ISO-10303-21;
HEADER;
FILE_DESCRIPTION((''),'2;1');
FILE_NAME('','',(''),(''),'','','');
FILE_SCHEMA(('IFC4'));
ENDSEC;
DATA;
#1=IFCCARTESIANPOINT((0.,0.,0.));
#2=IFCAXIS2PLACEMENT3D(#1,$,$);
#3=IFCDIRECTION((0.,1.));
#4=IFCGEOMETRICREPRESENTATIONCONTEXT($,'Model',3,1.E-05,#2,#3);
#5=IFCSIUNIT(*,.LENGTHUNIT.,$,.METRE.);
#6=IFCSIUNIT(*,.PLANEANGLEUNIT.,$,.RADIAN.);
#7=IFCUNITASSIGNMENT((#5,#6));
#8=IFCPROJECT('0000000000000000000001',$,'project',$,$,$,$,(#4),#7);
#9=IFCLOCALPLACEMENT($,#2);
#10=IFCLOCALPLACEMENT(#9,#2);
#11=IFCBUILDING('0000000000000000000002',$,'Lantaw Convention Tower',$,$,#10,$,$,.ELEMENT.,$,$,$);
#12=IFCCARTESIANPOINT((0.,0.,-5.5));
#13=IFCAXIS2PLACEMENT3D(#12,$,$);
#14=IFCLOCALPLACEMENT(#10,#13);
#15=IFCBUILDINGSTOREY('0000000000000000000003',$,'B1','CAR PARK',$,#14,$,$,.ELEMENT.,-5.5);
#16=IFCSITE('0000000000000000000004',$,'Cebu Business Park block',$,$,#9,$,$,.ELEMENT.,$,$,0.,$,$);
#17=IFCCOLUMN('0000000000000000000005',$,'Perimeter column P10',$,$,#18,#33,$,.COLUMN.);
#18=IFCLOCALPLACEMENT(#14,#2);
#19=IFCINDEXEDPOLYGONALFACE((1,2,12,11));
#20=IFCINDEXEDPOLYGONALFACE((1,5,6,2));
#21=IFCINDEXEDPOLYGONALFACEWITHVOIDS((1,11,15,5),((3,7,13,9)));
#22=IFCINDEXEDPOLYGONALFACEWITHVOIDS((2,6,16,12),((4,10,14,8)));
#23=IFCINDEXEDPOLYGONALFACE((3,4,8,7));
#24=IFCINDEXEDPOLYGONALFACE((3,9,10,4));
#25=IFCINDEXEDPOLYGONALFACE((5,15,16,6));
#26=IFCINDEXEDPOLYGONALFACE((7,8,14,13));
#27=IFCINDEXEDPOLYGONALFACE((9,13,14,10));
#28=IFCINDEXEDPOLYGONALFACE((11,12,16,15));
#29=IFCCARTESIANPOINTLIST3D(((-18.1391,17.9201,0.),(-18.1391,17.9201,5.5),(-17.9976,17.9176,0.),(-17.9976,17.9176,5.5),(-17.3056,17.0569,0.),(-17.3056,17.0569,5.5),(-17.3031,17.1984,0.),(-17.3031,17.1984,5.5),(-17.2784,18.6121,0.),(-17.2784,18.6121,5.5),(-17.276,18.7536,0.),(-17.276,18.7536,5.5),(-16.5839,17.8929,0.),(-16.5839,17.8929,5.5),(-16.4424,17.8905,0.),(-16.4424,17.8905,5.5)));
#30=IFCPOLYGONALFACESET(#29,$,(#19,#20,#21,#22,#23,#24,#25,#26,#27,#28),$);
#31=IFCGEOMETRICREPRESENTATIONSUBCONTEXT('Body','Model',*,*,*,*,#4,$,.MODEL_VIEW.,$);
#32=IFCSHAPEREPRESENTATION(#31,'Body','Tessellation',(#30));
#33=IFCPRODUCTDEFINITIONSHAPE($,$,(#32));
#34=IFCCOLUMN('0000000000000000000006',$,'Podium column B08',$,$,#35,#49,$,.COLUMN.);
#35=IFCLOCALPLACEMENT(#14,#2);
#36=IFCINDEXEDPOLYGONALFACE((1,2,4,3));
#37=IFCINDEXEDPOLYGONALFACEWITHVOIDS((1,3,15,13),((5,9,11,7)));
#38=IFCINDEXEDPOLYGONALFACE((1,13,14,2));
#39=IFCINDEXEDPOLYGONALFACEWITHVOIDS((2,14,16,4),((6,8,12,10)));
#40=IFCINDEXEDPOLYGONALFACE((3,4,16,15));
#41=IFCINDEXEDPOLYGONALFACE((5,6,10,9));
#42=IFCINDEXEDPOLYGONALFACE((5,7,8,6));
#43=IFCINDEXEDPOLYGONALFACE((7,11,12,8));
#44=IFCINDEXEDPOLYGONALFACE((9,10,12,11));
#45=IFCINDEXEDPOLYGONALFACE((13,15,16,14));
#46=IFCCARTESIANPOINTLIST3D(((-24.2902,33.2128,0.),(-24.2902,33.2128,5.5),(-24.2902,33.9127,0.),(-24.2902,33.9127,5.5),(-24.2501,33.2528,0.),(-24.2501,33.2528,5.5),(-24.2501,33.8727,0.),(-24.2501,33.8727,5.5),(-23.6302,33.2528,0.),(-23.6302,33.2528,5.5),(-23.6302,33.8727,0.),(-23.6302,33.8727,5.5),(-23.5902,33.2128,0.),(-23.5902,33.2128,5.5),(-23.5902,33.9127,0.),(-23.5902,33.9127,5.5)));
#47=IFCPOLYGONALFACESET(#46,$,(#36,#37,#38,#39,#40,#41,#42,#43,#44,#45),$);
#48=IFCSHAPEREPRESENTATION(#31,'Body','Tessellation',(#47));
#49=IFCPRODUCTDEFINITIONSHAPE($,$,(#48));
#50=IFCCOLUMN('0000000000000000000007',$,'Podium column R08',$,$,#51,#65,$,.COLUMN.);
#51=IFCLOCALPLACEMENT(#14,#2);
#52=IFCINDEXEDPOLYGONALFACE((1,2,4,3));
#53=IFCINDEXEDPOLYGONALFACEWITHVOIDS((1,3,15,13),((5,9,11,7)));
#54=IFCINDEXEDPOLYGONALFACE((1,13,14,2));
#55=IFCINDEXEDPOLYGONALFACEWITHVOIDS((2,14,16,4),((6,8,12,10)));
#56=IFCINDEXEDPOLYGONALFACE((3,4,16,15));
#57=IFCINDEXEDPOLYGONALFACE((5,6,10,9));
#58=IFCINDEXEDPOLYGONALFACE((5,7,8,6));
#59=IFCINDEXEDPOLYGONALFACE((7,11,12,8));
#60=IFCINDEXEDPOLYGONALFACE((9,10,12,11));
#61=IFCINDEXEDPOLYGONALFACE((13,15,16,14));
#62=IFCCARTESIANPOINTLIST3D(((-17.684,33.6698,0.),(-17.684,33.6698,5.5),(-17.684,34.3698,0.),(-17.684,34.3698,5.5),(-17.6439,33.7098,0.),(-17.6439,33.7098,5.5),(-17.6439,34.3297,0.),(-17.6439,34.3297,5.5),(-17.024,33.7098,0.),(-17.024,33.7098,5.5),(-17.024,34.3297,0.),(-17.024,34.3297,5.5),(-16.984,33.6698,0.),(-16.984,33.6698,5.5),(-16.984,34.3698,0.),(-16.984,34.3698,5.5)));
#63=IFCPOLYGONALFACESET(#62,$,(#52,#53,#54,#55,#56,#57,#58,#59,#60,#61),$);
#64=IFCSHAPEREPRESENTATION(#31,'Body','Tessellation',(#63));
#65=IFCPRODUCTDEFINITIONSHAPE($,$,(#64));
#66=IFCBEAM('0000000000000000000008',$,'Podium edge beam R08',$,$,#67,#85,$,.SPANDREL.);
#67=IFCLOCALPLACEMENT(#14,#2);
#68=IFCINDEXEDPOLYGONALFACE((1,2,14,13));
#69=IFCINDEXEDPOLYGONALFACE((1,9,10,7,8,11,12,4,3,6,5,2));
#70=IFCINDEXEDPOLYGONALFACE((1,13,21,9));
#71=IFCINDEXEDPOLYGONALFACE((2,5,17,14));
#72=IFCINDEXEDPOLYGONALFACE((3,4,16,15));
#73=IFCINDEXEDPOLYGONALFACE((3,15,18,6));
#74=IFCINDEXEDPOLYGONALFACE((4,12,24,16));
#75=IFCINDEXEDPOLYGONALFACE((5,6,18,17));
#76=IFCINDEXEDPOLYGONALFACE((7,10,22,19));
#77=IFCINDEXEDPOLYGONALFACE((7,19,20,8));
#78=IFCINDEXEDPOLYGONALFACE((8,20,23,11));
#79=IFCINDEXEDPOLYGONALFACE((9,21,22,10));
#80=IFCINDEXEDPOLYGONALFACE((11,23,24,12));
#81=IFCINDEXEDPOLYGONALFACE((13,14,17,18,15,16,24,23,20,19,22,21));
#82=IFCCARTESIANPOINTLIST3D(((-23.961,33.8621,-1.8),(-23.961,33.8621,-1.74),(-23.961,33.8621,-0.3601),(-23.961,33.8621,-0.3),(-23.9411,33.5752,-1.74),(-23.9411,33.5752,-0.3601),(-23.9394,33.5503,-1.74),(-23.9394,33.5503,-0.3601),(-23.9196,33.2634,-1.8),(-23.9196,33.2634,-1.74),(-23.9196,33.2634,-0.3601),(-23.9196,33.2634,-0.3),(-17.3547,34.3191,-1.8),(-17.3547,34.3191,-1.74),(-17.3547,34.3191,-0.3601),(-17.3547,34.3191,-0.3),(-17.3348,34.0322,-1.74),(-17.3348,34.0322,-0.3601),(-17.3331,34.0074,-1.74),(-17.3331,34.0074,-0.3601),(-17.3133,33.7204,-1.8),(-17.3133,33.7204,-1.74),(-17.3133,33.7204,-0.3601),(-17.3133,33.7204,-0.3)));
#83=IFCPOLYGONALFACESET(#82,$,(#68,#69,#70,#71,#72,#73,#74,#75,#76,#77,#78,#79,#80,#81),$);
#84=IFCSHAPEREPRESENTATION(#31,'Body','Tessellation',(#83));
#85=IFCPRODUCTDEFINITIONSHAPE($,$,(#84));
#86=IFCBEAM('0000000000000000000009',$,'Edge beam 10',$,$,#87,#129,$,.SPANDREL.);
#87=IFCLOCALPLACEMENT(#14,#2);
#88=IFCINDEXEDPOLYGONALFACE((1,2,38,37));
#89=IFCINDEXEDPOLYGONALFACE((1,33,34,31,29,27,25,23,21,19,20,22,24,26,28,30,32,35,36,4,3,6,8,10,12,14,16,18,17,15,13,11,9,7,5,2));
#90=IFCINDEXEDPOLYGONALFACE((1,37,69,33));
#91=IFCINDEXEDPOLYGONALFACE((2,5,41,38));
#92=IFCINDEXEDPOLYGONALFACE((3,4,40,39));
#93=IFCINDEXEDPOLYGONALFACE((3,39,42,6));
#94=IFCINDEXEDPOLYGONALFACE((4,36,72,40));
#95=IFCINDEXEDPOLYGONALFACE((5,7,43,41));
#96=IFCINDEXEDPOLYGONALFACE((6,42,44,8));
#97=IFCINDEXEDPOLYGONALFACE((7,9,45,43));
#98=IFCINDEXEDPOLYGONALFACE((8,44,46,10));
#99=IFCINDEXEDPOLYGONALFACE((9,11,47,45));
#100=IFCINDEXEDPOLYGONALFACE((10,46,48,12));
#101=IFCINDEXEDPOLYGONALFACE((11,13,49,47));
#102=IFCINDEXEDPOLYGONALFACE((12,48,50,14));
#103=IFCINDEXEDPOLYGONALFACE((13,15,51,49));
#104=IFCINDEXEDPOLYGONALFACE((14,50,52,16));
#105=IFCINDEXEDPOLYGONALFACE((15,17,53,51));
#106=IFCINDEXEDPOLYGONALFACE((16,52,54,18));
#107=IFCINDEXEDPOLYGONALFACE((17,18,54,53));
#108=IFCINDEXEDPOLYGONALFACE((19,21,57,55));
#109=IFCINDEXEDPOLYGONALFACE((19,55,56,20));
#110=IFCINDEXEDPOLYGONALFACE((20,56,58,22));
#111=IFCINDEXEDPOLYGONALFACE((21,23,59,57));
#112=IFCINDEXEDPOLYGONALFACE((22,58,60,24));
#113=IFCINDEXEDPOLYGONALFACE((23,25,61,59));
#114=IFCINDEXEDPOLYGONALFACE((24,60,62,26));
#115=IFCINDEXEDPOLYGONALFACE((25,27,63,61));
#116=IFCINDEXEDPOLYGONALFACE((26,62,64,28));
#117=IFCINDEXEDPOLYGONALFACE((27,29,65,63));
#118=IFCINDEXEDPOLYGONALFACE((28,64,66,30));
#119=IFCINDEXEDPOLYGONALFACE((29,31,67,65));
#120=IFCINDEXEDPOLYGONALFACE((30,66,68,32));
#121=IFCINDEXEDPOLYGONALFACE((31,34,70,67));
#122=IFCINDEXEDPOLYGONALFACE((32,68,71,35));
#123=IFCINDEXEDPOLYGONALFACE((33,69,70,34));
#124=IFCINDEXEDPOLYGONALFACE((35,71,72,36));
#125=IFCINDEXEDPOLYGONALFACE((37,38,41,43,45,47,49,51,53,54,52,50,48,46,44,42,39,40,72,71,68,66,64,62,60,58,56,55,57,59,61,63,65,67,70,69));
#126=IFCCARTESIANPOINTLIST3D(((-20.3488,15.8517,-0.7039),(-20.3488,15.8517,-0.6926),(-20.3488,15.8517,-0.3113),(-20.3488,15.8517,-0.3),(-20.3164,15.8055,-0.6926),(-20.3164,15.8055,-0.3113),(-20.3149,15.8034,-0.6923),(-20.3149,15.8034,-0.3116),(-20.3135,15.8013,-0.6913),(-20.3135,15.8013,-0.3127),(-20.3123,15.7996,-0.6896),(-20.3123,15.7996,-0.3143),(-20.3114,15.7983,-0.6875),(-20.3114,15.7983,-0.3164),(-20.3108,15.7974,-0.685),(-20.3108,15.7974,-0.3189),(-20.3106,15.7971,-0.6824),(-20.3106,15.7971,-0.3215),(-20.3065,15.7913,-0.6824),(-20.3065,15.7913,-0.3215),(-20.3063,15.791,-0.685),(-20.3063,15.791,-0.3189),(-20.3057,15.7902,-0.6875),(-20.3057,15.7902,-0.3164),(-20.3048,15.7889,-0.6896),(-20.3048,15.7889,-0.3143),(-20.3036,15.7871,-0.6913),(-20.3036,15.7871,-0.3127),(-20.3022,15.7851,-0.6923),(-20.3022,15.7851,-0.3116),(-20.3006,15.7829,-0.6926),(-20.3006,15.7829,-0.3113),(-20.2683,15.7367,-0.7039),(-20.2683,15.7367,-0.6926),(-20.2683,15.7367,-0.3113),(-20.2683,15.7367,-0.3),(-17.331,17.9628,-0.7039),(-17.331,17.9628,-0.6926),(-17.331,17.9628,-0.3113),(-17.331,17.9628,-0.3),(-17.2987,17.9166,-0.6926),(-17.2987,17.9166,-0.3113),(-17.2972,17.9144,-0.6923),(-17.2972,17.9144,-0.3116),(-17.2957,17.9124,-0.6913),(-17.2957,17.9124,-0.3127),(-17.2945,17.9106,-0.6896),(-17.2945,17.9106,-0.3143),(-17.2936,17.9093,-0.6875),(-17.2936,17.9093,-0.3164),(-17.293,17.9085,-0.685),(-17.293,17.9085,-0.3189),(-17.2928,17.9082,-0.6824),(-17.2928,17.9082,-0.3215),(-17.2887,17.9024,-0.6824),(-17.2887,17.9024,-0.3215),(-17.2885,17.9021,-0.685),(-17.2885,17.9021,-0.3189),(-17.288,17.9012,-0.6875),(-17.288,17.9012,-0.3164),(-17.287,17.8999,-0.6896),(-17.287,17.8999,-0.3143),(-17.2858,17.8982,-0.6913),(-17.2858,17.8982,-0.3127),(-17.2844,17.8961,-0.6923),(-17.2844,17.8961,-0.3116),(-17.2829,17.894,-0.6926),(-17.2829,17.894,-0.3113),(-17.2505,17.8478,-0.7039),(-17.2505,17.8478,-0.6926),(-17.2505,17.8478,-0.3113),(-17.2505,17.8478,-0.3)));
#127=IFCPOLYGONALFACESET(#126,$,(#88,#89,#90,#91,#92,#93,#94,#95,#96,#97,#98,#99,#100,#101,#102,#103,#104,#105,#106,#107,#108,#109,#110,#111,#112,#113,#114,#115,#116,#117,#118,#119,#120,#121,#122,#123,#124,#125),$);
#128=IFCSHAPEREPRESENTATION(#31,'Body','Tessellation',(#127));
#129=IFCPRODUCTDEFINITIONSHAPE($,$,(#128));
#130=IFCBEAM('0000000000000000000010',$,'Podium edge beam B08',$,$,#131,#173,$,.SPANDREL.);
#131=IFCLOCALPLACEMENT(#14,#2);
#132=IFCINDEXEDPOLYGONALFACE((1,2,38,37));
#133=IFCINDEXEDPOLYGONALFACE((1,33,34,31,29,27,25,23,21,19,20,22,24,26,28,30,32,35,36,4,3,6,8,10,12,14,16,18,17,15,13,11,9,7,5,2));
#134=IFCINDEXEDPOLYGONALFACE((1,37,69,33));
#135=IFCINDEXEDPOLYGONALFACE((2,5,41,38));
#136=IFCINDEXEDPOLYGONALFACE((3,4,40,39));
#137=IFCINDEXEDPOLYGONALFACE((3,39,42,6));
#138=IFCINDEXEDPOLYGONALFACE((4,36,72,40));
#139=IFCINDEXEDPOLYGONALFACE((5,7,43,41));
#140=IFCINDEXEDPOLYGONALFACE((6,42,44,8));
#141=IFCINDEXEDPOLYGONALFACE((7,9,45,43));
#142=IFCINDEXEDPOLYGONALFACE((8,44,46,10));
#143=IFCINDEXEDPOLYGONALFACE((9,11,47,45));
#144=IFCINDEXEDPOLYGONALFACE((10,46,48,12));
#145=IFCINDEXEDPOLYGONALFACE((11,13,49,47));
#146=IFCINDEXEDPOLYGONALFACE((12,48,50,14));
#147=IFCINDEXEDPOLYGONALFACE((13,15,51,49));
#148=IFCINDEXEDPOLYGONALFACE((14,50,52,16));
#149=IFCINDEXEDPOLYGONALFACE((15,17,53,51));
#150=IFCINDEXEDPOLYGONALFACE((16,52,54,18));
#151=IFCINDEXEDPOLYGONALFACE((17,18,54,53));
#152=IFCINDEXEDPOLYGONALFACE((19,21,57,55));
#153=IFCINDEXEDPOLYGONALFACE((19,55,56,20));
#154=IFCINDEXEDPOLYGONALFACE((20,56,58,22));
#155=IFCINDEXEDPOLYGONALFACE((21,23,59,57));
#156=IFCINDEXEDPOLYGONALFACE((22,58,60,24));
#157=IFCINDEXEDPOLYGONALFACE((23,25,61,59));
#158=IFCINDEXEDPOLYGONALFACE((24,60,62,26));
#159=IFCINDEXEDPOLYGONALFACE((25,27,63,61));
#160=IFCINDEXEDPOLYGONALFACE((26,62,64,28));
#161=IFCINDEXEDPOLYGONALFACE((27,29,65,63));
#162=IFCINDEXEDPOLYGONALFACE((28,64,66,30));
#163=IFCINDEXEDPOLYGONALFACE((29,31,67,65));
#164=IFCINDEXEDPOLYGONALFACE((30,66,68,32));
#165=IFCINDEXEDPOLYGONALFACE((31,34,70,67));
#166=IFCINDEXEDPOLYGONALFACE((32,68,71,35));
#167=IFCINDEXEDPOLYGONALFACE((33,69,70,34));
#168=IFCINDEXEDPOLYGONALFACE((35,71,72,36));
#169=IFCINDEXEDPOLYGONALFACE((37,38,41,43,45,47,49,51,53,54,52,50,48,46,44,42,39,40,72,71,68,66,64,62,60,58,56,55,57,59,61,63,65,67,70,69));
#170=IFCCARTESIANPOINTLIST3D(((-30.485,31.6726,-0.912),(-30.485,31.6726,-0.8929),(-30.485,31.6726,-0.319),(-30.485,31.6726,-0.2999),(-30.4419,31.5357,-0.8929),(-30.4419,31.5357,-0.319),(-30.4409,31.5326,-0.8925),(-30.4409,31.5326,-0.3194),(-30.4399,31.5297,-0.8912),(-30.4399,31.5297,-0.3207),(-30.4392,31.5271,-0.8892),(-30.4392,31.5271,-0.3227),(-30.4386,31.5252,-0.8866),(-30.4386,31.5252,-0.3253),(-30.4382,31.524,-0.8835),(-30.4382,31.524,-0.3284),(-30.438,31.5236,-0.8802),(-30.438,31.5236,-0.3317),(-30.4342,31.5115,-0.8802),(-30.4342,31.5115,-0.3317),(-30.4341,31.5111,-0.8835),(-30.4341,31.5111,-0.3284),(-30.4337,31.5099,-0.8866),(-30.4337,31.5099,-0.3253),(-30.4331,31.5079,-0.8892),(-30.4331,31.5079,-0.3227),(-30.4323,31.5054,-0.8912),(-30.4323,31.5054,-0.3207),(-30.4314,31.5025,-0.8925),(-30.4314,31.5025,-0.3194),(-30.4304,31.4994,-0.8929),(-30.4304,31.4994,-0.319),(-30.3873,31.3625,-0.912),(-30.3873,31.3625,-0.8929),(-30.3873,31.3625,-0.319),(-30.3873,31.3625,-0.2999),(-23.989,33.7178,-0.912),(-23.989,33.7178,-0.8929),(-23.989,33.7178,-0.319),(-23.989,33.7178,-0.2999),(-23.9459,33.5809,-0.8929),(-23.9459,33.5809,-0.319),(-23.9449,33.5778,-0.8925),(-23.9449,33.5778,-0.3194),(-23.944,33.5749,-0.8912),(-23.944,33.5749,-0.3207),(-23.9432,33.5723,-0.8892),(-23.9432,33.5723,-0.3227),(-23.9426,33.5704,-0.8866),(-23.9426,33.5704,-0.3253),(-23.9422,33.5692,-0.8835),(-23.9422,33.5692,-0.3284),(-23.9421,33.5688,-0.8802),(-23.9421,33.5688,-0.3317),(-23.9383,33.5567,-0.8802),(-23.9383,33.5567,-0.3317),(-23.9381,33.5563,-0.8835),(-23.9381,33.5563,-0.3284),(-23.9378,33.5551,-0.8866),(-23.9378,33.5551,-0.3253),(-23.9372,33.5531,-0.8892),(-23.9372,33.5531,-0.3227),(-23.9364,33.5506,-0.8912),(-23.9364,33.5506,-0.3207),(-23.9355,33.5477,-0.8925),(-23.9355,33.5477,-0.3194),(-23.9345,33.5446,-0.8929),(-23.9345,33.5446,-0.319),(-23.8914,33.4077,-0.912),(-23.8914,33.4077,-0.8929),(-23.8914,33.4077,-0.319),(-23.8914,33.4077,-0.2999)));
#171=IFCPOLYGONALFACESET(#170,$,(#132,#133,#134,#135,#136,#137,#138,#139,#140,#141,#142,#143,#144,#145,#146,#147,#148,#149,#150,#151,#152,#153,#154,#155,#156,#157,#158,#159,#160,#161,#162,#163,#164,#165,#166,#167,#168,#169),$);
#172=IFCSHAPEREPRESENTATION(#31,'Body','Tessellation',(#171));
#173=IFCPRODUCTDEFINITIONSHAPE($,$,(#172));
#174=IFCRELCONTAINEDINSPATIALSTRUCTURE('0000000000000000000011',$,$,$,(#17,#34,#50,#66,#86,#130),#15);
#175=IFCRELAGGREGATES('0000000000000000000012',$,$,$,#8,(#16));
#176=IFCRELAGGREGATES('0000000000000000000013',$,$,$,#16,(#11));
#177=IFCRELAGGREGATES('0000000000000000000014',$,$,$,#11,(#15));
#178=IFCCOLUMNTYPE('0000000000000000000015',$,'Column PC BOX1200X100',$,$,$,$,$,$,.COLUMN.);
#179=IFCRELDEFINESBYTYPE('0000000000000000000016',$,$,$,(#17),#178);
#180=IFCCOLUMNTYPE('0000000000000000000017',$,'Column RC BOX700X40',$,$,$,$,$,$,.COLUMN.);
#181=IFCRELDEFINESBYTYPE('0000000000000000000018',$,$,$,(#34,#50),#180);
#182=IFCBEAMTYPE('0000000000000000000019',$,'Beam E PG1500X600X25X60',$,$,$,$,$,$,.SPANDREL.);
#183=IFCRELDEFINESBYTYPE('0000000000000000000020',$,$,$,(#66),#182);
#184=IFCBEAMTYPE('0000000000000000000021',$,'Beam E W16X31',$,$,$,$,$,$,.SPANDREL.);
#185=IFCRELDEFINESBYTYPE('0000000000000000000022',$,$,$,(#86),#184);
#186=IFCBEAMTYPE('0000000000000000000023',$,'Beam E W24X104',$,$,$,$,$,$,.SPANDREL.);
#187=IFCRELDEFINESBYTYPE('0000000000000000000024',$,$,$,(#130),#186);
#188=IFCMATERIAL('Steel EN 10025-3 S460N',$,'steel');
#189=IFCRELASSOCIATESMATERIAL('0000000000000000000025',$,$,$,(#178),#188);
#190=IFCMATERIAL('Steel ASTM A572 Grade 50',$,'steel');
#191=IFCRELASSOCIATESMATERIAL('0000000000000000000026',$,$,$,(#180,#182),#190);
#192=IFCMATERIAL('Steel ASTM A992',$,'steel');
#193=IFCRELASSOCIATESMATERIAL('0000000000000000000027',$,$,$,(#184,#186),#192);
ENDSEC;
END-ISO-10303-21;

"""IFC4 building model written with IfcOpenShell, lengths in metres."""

from ifc_helpers import new_model, si_unit, direction, frame, origin, origin_2d, place, context, subcontext, project, spatial, rectangle, hollow_rectangle, i_section, extrude, material, material_profile, profile_set, type_object, element, save


model = new_model("IFC4")

# Units and contexts
model_context = context("Model", 3, precision=1e-05, world=origin(), true_north=direction((0.0, 1.0)))
body_context = subcontext(model_context, "Body", "Model", "MODEL_VIEW")
ifc_project = project(units=[si_unit("LENGTHUNIT", "METRE"), si_unit("PLANEANGLEUNIT", "RADIAN")], contexts=[model_context])

# Site, building, storey
site_placement = place(None, origin())
site = spatial("IfcSite", under=ifc_project, at=site_placement, Name="Cebu Business Park block", CompositionType="ELEMENT", RefElevation=0.0)
building_placement = place(site_placement, origin())
building = spatial("IfcBuilding", under=site, at=building_placement, Name="Lantaw Convention Tower", CompositionType="ELEMENT")
storey_placement = place(building_placement, frame((0.0, 0.0, -5.5)))
storey = spatial("IfcBuildingStorey", under=building, at=storey_placement, Name="B1", Description="CAR PARK", CompositionType="ELEMENT", Elevation=-5.5)

# Columns
ifc_material_1 = material(Name="Steel EN 10025-3 S460N", Category="steel")
ifc_material_profile_1 = material_profile(ifc_material_1, hollow_rectangle(XDim=1.2, YDim=1.2, WallThickness=0.1001, at=origin_2d()), Name="BOX1200X100")
ifc_material_2 = material(Name="Concrete C60/75", Category="concrete")
ifc_material_profile_2 = material_profile(ifc_material_2, rectangle(XDim=1.0, YDim=1.0, at=origin_2d()), Name="Concrete fill of BOX1200X100")
ifc_profile_set_1 = profile_set([ifc_material_profile_1, ifc_material_profile_2], Name="Steel EN 10025-3 S460N")
column_type_1 = type_object("IfcColumnType", Name="Column PC BOX1200X100", PredefinedType="COLUMN", material=ifc_profile_set_1)
column_placement = place(storey_placement, frame((-17.2908, 17.9053, 0.0), z_axis=(0.0, 0.0, 1.0), x_axis=(0.71934, 0.694658, 0.0)))
element("IfcColumn", 1, at=column_placement, inside=storey, type_object=column_type_1, Name="Perimeter column P10", PredefinedType="COLUMN", context=body_context, shape_type="SweptSolid", body=[
    extrude(hollow_rectangle(XDim=1.2, YDim=1.2, WallThickness=0.1001, at=origin_2d()), origin(), (0.0, 0.0, 1.0), 5.5),
])
ifc_material_3 = material(Name="Steel ASTM A572 Grade 50", Category="steel")
ifc_material_profile_3 = material_profile(ifc_material_3, hollow_rectangle(XDim=0.7, YDim=0.7, WallThickness=0.04, at=origin_2d()), Name="BOX700X40")
ifc_profile_set_2 = profile_set([ifc_material_profile_3], Name="Steel ASTM A572 Grade 50")
column_type_2 = type_object("IfcColumnType", Name="Column RC BOX700X40", PredefinedType="COLUMN", material=ifc_profile_set_2)
for number, where, z_axis, x_axis, name in (
    (2, (-23.9402, 33.5627, 0.0), (0.0, 0.0, 1.0), (1.0, 0.0, 0.0), "Podium column B08"),
    (3, (-17.334, 34.0198, 0.0), (0.0, 0.0, 1.0), (1.0, 0.0, 0.0), "Podium column R08"),
):
    element("IfcColumn", number, at=place(storey_placement, frame(where, z_axis=z_axis, x_axis=x_axis)), inside=storey, type_object=column_type_2, Name=name, PredefinedType="COLUMN", context=body_context, shape_type="SweptSolid", body=[
        extrude(hollow_rectangle(XDim=0.7, YDim=0.7, WallThickness=0.04, at=origin_2d()), origin(), (0.0, 0.0, 1.0), 5.5),
    ])

# Beams
ifc_material_profile_4 = material_profile(ifc_material_3, i_section(OverallWidth=0.6001, OverallDepth=1.5, WebThickness=0.0249, FlangeThickness=0.0601, at=origin_2d()), Name="PG1500X600X25X60")
ifc_profile_set_3 = profile_set([ifc_material_profile_4], Name="Steel ASTM A572 Grade 50")
beam_type_1 = type_object("IfcBeamType", Name="Beam E PG1500X600X25X60", PredefinedType="SPANDREL", material=ifc_profile_set_3)
beam_1_placement = place(storey_placement, frame((-17.334, 34.0198, -1.05), z_axis=(-0.997615, -0.069017, 0.0), x_axis=(0.069017, -0.997615, 0.0)))
element("IfcBeam", 4, at=beam_1_placement, inside=storey, type_object=beam_type_1, Name="Podium edge beam R08", PredefinedType="SPANDREL", context=body_context, shape_type="SweptSolid", body=[
    extrude(i_section(OverallWidth=0.6001, OverallDepth=1.5, WebThickness=0.0249, FlangeThickness=0.0601, at=origin_2d()), origin(), (0.0, 0.0, 1.0), 6.6221),
])
ifc_material_4 = material(Name="Steel ASTM A992", Category="steel")
ifc_material_profile_5 = material_profile(ifc_material_4, i_section(OverallWidth=0.1404, OverallDepth=0.4038, WebThickness=0.0071, FlangeThickness=0.0112, FilletRadius=0.0103, at=origin_2d()), Name="W16X31")
ifc_profile_set_4 = profile_set([ifc_material_profile_5], Name="Steel ASTM A992")
beam_type_2 = type_object("IfcBeamType", Name="Beam E W16X31", PredefinedType="SPANDREL", material=ifc_profile_set_4)
beam_2_placement = place(storey_placement, frame((-17.2908, 17.9053, -0.502), z_axis=(-0.819409, -0.573209, 0.0), x_axis=(0.573209, -0.819409, 0.0)))
element("IfcBeam", 5, at=beam_2_placement, inside=storey, type_object=beam_type_2, Name="Edge beam 10", PredefinedType="SPANDREL", context=body_context, shape_type="SweptSolid", body=[
    extrude(i_section(OverallWidth=0.1404, OverallDepth=0.4038, WebThickness=0.0071, FlangeThickness=0.0112, FilletRadius=0.0103, at=origin_2d()), origin(), (0.0, 0.0, 1.0), 3.6829),
])
ifc_material_profile_6 = material_profile(ifc_material_4, i_section(OverallWidth=0.3252, OverallDepth=0.6121, WebThickness=0.0127, FlangeThickness=0.019, FilletRadius=0.0127, at=origin_2d()), Name="W24X104")
ifc_profile_set_5 = profile_set([ifc_material_profile_6], Name="Steel ASTM A992")
beam_type_3 = type_object("IfcBeamType", Name="Beam E W24X104", PredefinedType="SPANDREL", material=ifc_profile_set_5)
beam_3_placement = place(storey_placement, frame((-23.9402, 33.5627, -0.606), z_axis=(-0.953842, -0.300309, 0.0), x_axis=(0.300309, -0.953842, 0.0)))
element("IfcBeam", 6, at=beam_3_placement, inside=storey, type_object=beam_type_3, Name="Podium edge beam B08", PredefinedType="SPANDREL", context=body_context, shape_type="SweptSolid", body=[
    extrude(i_section(OverallWidth=0.3252, OverallDepth=0.6121, WebThickness=0.0127, FlangeThickness=0.019, FilletRadius=0.0127, at=origin_2d()), origin(), (0.0, 0.0, 1.0), 6.8103),
])

save(model, "model.ifc")
